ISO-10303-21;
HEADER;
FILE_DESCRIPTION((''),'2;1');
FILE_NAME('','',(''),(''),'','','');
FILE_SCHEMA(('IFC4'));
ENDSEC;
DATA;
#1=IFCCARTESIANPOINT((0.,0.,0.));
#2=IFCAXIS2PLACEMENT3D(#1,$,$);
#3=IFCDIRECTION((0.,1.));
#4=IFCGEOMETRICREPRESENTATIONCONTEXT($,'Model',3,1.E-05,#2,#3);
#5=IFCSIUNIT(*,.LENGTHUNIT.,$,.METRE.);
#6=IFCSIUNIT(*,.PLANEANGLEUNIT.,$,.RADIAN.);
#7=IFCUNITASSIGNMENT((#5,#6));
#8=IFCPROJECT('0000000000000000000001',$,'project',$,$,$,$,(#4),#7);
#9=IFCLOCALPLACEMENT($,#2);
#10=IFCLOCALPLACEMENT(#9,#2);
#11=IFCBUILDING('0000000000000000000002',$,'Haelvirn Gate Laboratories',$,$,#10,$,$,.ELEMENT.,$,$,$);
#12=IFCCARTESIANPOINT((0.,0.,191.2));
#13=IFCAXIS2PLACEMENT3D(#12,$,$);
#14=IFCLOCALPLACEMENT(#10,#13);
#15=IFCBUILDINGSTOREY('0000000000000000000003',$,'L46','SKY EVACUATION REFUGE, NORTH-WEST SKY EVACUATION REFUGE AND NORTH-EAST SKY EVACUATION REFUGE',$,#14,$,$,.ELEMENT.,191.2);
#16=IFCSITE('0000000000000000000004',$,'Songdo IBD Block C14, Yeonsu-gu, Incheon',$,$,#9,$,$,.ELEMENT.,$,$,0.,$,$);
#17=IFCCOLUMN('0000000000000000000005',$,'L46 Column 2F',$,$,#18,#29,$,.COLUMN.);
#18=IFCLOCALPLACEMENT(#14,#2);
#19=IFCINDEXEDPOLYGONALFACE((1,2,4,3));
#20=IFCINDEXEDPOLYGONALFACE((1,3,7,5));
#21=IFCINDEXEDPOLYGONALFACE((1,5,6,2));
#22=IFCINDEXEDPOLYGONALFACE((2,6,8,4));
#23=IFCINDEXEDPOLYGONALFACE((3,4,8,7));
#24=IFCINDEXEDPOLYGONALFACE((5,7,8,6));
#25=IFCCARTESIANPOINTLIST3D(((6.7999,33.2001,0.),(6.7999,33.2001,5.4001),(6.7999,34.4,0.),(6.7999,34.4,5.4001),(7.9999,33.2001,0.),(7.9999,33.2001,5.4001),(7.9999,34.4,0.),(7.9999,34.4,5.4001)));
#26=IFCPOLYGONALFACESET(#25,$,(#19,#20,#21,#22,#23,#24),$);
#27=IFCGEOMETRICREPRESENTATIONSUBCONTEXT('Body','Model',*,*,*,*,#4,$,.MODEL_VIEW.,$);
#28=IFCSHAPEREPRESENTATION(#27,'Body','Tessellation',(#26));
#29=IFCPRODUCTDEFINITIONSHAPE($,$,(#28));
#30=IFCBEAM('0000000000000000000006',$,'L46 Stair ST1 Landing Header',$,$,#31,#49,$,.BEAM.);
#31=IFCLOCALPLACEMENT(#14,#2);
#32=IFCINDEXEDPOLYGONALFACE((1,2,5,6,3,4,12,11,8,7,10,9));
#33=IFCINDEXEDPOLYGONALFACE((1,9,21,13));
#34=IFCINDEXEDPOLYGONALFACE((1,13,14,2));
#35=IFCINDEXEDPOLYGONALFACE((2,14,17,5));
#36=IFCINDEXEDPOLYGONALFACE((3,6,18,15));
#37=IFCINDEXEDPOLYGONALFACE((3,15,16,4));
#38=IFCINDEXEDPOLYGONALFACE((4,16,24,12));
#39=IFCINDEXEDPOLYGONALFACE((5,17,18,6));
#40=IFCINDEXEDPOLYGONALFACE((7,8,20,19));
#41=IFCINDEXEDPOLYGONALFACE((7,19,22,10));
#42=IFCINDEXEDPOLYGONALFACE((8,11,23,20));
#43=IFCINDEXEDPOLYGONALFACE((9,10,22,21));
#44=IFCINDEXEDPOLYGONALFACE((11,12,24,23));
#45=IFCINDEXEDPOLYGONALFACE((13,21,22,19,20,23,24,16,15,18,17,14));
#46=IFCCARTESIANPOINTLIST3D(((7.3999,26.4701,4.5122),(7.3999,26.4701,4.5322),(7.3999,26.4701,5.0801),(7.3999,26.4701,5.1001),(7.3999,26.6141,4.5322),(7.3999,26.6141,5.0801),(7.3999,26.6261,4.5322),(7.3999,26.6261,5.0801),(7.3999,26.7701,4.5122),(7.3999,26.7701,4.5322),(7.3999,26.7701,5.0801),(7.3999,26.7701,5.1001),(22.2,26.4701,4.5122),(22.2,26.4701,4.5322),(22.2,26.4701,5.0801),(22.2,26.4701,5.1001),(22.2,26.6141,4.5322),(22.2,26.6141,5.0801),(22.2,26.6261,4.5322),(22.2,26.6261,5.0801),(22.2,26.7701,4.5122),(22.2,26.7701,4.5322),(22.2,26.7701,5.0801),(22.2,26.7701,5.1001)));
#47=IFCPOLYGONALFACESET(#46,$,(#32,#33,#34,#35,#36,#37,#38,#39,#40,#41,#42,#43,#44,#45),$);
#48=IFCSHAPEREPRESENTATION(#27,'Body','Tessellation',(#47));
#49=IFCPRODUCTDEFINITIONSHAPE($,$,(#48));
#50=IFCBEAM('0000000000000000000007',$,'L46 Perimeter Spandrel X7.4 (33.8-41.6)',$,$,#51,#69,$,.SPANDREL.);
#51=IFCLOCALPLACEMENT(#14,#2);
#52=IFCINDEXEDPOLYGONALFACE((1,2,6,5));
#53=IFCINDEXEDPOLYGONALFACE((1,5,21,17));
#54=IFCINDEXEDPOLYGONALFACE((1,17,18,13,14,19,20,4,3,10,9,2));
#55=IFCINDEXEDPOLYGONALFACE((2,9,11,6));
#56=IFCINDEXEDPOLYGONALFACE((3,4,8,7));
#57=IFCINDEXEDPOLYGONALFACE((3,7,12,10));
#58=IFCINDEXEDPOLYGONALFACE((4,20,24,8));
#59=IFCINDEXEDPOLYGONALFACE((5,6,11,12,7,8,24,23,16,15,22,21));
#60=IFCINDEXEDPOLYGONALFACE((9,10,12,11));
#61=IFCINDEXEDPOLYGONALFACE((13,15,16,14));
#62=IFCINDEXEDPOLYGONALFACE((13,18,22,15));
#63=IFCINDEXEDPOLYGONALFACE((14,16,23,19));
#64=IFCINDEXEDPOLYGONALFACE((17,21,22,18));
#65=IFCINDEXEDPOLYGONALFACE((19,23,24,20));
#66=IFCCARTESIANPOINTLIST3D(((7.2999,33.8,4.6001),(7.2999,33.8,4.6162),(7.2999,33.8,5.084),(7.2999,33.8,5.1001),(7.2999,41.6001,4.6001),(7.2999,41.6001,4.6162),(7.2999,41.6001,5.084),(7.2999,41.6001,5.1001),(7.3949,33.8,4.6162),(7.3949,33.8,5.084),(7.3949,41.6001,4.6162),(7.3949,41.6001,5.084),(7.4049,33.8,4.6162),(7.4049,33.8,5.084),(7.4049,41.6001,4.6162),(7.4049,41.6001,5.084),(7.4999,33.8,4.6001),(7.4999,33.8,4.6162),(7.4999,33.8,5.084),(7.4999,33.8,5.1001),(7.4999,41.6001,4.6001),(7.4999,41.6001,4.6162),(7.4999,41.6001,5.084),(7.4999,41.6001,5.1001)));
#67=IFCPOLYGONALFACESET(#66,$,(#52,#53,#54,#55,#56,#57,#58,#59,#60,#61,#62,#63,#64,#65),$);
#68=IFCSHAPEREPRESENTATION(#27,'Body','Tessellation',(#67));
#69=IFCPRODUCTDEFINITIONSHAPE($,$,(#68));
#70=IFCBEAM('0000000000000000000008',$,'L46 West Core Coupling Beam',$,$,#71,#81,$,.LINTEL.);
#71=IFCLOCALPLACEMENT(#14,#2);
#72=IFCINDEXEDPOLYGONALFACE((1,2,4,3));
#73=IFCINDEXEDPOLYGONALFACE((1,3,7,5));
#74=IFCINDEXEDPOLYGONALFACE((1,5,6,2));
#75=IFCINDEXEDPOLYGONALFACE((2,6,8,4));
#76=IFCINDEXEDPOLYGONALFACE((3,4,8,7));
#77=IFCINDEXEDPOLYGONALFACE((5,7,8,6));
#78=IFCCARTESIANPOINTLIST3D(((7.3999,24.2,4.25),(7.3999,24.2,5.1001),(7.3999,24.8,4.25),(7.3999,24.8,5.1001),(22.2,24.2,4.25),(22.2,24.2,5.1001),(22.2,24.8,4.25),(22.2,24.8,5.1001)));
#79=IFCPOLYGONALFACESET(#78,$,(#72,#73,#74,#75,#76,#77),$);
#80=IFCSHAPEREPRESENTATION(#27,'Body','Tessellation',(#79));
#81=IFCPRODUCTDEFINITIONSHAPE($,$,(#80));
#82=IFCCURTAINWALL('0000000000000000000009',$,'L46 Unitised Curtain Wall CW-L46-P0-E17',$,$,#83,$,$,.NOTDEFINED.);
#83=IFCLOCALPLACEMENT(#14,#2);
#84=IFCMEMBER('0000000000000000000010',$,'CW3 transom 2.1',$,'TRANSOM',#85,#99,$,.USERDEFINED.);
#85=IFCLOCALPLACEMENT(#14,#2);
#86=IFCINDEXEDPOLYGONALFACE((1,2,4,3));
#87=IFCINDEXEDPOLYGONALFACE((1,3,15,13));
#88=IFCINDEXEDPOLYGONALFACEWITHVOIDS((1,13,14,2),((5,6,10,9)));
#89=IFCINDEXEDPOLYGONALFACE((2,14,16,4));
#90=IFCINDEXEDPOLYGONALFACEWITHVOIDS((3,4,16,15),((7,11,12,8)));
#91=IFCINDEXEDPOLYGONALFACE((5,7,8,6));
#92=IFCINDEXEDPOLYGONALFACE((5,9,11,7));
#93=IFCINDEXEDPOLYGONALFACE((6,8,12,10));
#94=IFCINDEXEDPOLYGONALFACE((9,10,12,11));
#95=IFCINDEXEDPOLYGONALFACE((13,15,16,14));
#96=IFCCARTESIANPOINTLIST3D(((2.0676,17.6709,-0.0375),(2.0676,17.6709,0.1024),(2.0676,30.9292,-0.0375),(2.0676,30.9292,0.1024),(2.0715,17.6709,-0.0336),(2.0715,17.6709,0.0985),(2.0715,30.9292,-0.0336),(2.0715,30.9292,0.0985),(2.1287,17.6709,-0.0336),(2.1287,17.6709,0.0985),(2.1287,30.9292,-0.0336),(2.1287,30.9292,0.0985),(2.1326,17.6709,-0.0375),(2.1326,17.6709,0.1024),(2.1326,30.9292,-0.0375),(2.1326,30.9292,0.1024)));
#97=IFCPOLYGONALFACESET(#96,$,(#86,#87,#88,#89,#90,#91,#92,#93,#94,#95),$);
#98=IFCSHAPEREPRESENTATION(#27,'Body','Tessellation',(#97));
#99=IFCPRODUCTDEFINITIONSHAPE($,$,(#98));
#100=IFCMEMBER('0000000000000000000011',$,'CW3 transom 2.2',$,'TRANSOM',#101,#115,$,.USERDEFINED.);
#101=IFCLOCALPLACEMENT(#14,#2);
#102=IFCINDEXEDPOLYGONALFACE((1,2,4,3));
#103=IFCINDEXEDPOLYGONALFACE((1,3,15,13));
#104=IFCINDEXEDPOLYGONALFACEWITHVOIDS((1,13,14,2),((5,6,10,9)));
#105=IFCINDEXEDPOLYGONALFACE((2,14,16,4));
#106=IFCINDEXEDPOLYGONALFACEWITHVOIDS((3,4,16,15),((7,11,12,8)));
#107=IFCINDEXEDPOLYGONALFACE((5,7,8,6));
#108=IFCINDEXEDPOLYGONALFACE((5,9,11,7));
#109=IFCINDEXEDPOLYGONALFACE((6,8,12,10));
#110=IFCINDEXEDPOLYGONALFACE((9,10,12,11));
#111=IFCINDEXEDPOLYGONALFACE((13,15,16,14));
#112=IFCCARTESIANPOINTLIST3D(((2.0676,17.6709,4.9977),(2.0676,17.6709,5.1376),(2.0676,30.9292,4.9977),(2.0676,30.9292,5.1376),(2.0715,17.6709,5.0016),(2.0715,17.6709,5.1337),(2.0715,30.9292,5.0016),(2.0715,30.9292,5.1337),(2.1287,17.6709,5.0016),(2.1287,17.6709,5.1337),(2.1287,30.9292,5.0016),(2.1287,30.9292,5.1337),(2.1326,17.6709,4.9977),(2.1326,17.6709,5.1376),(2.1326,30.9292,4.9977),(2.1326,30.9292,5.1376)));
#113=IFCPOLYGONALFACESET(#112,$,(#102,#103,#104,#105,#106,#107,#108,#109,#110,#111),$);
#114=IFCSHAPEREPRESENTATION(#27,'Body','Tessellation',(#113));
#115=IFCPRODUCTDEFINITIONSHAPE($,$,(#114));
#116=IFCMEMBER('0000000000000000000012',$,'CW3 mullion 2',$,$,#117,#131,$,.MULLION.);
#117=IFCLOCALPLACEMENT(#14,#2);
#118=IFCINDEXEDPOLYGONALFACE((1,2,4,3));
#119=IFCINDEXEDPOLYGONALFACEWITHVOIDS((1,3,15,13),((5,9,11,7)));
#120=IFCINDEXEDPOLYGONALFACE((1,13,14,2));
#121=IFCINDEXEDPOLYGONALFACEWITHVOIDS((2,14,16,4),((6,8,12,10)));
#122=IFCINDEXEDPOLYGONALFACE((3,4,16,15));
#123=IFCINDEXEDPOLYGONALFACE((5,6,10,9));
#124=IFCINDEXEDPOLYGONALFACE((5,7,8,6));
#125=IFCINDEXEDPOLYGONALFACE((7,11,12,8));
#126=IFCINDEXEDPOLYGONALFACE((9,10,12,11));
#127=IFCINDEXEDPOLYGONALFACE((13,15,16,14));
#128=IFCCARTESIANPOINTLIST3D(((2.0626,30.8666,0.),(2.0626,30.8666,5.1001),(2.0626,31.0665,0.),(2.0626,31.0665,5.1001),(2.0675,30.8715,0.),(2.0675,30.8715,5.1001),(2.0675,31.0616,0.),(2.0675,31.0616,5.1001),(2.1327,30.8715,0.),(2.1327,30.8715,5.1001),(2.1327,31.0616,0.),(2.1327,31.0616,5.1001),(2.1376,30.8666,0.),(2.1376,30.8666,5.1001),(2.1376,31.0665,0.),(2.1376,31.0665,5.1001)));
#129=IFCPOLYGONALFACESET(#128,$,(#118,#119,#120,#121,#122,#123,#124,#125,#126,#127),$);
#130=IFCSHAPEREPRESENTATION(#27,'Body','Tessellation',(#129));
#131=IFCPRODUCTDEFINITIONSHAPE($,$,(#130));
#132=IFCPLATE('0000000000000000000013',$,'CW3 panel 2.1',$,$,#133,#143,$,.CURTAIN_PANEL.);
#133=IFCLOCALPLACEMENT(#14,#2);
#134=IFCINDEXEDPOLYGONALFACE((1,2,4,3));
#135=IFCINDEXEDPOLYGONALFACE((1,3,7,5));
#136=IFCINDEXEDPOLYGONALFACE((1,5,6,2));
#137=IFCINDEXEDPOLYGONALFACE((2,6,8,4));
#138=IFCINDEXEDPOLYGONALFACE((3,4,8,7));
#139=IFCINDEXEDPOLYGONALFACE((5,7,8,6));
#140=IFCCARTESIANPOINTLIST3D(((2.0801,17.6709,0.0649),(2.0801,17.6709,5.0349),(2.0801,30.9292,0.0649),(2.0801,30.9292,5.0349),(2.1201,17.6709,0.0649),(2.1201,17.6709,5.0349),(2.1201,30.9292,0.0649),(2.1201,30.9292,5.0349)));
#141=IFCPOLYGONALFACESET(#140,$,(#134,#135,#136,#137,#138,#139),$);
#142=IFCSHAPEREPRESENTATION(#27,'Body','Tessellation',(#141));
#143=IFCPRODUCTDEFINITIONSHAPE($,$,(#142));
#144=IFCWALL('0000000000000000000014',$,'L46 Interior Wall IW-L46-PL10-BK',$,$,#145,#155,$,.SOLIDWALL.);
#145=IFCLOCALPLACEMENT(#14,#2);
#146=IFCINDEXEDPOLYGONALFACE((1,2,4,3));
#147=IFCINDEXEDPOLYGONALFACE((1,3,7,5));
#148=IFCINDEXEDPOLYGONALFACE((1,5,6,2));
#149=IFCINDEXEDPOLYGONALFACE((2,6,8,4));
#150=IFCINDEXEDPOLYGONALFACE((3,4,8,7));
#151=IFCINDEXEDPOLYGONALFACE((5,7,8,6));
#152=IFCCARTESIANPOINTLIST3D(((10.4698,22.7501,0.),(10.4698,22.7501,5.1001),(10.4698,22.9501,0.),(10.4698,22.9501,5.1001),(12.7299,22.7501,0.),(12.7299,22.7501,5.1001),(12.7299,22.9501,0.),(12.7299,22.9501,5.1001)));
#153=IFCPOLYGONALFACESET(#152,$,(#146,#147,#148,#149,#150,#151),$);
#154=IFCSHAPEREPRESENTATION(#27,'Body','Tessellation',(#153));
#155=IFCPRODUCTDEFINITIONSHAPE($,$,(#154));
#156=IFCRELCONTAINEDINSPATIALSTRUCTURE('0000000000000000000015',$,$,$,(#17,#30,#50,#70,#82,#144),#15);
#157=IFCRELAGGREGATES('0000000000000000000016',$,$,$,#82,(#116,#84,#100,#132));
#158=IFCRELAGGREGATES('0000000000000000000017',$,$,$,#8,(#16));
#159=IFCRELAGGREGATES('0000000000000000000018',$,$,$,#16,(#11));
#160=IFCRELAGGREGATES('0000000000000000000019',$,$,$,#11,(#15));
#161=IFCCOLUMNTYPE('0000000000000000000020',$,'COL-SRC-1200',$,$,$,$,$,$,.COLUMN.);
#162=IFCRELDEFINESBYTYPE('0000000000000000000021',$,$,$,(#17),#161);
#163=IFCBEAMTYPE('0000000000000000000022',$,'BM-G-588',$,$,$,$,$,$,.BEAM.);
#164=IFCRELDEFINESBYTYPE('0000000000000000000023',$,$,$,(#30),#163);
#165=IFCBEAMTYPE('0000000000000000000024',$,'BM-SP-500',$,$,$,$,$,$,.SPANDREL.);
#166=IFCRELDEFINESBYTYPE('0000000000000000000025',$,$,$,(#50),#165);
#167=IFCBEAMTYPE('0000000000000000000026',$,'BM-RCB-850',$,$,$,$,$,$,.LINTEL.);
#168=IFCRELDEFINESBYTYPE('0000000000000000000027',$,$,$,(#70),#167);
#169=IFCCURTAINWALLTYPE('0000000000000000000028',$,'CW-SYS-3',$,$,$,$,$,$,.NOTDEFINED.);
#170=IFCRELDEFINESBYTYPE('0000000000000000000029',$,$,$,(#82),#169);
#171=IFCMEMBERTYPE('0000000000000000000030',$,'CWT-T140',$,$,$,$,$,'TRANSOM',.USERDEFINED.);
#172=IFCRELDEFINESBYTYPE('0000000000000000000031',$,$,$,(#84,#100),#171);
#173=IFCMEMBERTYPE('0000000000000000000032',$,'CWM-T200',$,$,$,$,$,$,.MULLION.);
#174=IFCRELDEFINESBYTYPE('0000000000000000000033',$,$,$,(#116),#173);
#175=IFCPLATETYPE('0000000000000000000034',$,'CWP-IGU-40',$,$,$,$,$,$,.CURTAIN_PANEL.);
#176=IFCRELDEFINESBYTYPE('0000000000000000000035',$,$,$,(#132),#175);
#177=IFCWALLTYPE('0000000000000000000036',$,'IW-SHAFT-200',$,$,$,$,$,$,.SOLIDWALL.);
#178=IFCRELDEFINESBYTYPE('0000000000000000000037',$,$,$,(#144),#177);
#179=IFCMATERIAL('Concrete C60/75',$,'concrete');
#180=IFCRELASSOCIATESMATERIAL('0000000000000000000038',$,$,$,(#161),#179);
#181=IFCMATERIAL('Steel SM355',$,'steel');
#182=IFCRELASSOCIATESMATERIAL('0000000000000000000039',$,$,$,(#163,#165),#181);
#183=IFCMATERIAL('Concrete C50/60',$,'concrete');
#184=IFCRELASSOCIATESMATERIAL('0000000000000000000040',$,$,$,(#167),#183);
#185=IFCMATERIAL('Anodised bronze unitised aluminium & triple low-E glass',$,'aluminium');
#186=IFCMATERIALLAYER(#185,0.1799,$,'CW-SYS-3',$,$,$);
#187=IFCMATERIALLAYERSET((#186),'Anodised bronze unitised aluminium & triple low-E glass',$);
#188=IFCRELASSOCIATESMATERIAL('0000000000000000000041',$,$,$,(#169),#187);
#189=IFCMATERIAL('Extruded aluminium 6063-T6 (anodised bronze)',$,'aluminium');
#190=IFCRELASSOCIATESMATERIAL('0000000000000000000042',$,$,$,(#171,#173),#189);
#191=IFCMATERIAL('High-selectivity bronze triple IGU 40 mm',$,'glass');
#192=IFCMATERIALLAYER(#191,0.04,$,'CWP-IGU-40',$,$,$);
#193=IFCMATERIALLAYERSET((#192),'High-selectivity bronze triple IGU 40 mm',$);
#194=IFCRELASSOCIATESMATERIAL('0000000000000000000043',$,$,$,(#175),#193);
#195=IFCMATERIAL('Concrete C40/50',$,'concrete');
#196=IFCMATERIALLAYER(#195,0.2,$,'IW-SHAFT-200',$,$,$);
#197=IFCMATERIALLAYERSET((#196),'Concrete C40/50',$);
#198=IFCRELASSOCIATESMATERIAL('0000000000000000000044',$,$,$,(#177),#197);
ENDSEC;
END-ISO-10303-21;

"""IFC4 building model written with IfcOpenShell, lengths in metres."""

from ifc_helpers import new_model, si_unit, direction, frame, frame_2d, origin, origin_2d, place, context, subcontext, project, spatial, rectangle, hollow_rectangle, i_section, extrude, source, transform, mapped, material, layer, layer_set, material_profile, profile_set, type_object, type_shapes, element, aggregate, save


model = new_model("IFC4")

# Units and contexts
model_context = context("Model", 3, precision=1e-05, world=origin(), true_north=direction((0.0, 1.0)))
body_context = subcontext(model_context, "Body", "Model", "MODEL_VIEW")
ifc_project = project(units=[si_unit("LENGTHUNIT", "METRE"), si_unit("PLANEANGLEUNIT", "RADIAN")], contexts=[model_context])

# Site, building, storey
site_placement = place(None, origin())
site = spatial("IfcSite", under=ifc_project, at=site_placement, Name="Songdo IBD Block C14, Yeonsu-gu, Incheon", CompositionType="ELEMENT", RefElevation=0.0)
building_placement = place(site_placement, origin())
building = spatial("IfcBuilding", under=site, at=building_placement, Name="Haelvirn Gate Laboratories", CompositionType="ELEMENT")
storey_placement = place(building_placement, frame((0.0, 0.0, 191.2)))
storey = spatial("IfcBuildingStorey", under=building, at=storey_placement, Name="L46", Description="SKY EVACUATION REFUGE, NORTH-WEST SKY EVACUATION REFUGE AND NORTH-EAST SKY EVACUATION REFUGE", CompositionType="ELEMENT", Elevation=191.2)

# Column
ifc_material_1 = material(Name="Concrete C60/75", Category="concrete")
ifc_material_profile_1 = material_profile(ifc_material_1, rectangle(XDim=1.2, YDim=1.2, at=origin_2d()), Name="SRC-1200x1200")
ifc_profile_set_1 = profile_set([ifc_material_profile_1], Name="Concrete C60/75")
column_type = type_object("IfcColumnType", Name="COL-SRC-1200", PredefinedType="COLUMN", material=ifc_profile_set_1)
shared_shape_1 = source(origin(), body_context, "Body", "SweptSolid", [
    extrude(rectangle(XDim=1.2, YDim=1.2, at=origin_2d()), origin(), (0.0, 0.0, 1.0), 5.4001),
])
type_shapes(column_type, [shared_shape_1])
column_placement = place(storey_placement, frame((7.3999, 33.8, 0.0), z_axis=(0.0, 0.0, 1.0), x_axis=(1.0, 0.0, 0.0)))
element("IfcColumn", 1, at=column_placement, inside=storey, type_object=column_type, Name="L46 Column 2F", PredefinedType="COLUMN", context=body_context, shape_type="MappedRepresentation", body=[
    mapped(shared_shape_1, transform((0.0, 0.0, 0.0), scale=1.0)),
])

# Beams
ifc_material_2 = material(Name="Steel SM355", Category="steel")
ifc_material_profile_2 = material_profile(ifc_material_2, i_section(OverallWidth=0.3, OverallDepth=0.5879, WebThickness=0.012, FlangeThickness=0.02, at=origin_2d()), Name="H-588x300x12x20")
ifc_profile_set_2 = profile_set([ifc_material_profile_2], Name="Steel SM355")
beam_type_1 = type_object("IfcBeamType", Name="BM-G-588", PredefinedType="BEAM", material=ifc_profile_set_2)
shared_shape_2 = source(origin(), body_context, "Body", "SweptSolid", [
    extrude(i_section(OverallWidth=0.3, OverallDepth=0.5879, WebThickness=0.012, FlangeThickness=0.02, at=origin_2d()), origin(), (0.0, 0.0, 1.0), 14.8),
])
type_shapes(beam_type_1, [shared_shape_2])
beam_1_placement = place(storey_placement, frame((7.3999, 26.6201, 4.8062), z_axis=(1.0, 0.0, 0.0), x_axis=(0.0, 1.0, 0.0)))
element("IfcBeam", 2, at=beam_1_placement, inside=storey, type_object=beam_type_1, Name="L46 Stair ST1 Landing Header", PredefinedType="BEAM", context=body_context, shape_type="MappedRepresentation", body=[
    mapped(shared_shape_2, transform((0.0, 0.0, 0.0), scale=1.0)),
])
ifc_material_profile_3 = material_profile(ifc_material_2, i_section(OverallWidth=0.2, OverallDepth=0.5, WebThickness=0.01, FlangeThickness=0.0161, at=origin_2d()), Name="H-500x200x10x16")
ifc_profile_set_3 = profile_set([ifc_material_profile_3], Name="Steel SM355")
beam_type_2 = type_object("IfcBeamType", Name="BM-SP-500", PredefinedType="SPANDREL", material=ifc_profile_set_3)
shared_shape_3 = source(origin(), body_context, "Body", "SweptSolid", [
    extrude(i_section(OverallWidth=0.2, OverallDepth=0.5, WebThickness=0.01, FlangeThickness=0.0161, at=origin_2d()), origin(), (0.0, 0.0, 1.0), 7.8),
])
type_shapes(beam_type_2, [shared_shape_3])
beam_2_placement = place(storey_placement, frame((7.3999, 33.8, 4.8501), z_axis=(0.0, 1.0, 0.0), x_axis=(-1.0, 0.0, 0.0)))
element("IfcBeam", 3, at=beam_2_placement, inside=storey, type_object=beam_type_2, Name="L46 Perimeter Spandrel X7.4 (33.8-41.6)", PredefinedType="SPANDREL", context=body_context, shape_type="MappedRepresentation", body=[
    mapped(shared_shape_3, transform((0.0, 0.0, 0.0), scale=1.0)),
])
ifc_material_3 = material(Name="Concrete C50/60", Category="concrete")
ifc_material_profile_4 = material_profile(ifc_material_3, rectangle(XDim=0.6001, YDim=0.8501, at=origin_2d()), Name="RCB-600x850")
ifc_profile_set_4 = profile_set([ifc_material_profile_4], Name="Concrete C50/60")
beam_type_3 = type_object("IfcBeamType", Name="BM-RCB-850", PredefinedType="LINTEL", material=ifc_profile_set_4)
shared_shape_4 = source(origin(), body_context, "Body", "SweptSolid", [
    extrude(rectangle(XDim=0.6001, YDim=0.8501, at=origin_2d()), origin(), (0.0, 0.0, 1.0), 14.8),
])
type_shapes(beam_type_3, [shared_shape_4])
beam_3_placement = place(storey_placement, frame((7.3999, 24.5, 4.675), z_axis=(1.0, 0.0, 0.0), x_axis=(0.0, 1.0, 0.0)))
element("IfcBeam", 4, at=beam_3_placement, inside=storey, type_object=beam_type_3, Name="L46 West Core Coupling Beam", PredefinedType="LINTEL", context=body_context, shape_type="MappedRepresentation", body=[
    mapped(shared_shape_4, transform((0.0, 0.0, 0.0), scale=1.0)),
])

# Curtain wall, members, plate
ifc_material_4 = material(Name="Anodised bronze unitised aluminium & triple low-E glass", Category="aluminium")
ifc_layer_1 = layer(ifc_material_4, 0.1799, Name="CW-SYS-3")
ifc_layer_set_1 = layer_set([ifc_layer_1], Name="Anodised bronze unitised aluminium & triple low-E glass")
curtain_wall_type = type_object("IfcCurtainWallType", Name="CW-SYS-3", PredefinedType="NOTDEFINED", material=ifc_layer_set_1)
curtain_wall_placement = place(storey_placement, origin())
curtain_wall = element("IfcCurtainWall", 5, at=curtain_wall_placement, inside=storey, type_object=curtain_wall_type, Name="L46 Unitised Curtain Wall CW-L46-P0-E17", PredefinedType="NOTDEFINED")
ifc_material_5 = material(Name="Extruded aluminium 6063-T6 (anodised bronze)", Category="aluminium")
ifc_material_profile_5 = material_profile(ifc_material_5, hollow_rectangle(XDim=0.0649, YDim=0.1399, WallThickness=0.0039, at=origin_2d()), Name="CWT-140x65x4")
ifc_profile_set_5 = profile_set([ifc_material_profile_5], Name="Extruded aluminium 6063-T6 (anodised bronze)")
member_type_1 = type_object("IfcMemberType", Name="CWT-T140", ElementType="TRANSOM", PredefinedType="USERDEFINED", material=ifc_profile_set_5)
shared_shape_5 = source(origin(), body_context, "Body", "SweptSolid", [
    extrude(hollow_rectangle(XDim=0.0649, YDim=0.1399, WallThickness=0.0039, at=origin_2d()), origin(), (0.0, 0.0, 1.0), 13.2583),
])
type_shapes(member_type_1, [shared_shape_5])
member_1_placement = place(storey_placement, frame((2.1001, 30.9292, 0.0325), z_axis=(0.0, -1.0, 0.0), x_axis=(1.0, 0.0, 0.0)))
member_1 = element("IfcMember", 6, at=member_1_placement, type_object=member_type_1, Name="CW3 transom 2.1", ObjectType="TRANSOM", PredefinedType="USERDEFINED", context=body_context, shape_type="MappedRepresentation", body=[
    mapped(shared_shape_5, transform((0.0, 0.0, 0.0), scale=1.0)),
])
member_2_placement = place(storey_placement, frame((2.1001, 30.9292, 5.0676), z_axis=(0.0, -1.0, 0.0), x_axis=(1.0, 0.0, 0.0)))
member_2 = element("IfcMember", 7, at=member_2_placement, type_object=member_type_1, Name="CW3 transom 2.2", ObjectType="TRANSOM", PredefinedType="USERDEFINED", context=body_context, shape_type="MappedRepresentation", body=[
    mapped(shared_shape_5, transform((0.0, 0.0, 0.0), scale=1.0)),
])
ifc_material_profile_6 = material_profile(ifc_material_5, hollow_rectangle(XDim=0.075, YDim=0.2, WallThickness=0.0049, at=origin_2d()), Name="CWM-200x75x5")
ifc_profile_set_6 = profile_set([ifc_material_profile_6], Name="Extruded aluminium 6063-T6 (anodised bronze)")
member_type_2 = type_object("IfcMemberType", Name="CWM-T200", PredefinedType="MULLION", material=ifc_profile_set_6)
shared_shape_6 = source(origin(), body_context, "Body", "SweptSolid", [
    extrude(hollow_rectangle(XDim=0.075, YDim=0.2, WallThickness=0.0049, at=origin_2d()), origin(), (0.0, 0.0, 1.0), 5.1001),
])
type_shapes(member_type_2, [shared_shape_6])
member_3_placement = place(storey_placement, frame((2.1001, 30.9666, 0.0), z_axis=(0.0, 0.0, 1.0), x_axis=(1.0, 0.0, 0.0)))
member_3 = element("IfcMember", 8, at=member_3_placement, type_object=member_type_2, Name="CW3 mullion 2", PredefinedType="MULLION", context=body_context, shape_type="MappedRepresentation", body=[
    mapped(shared_shape_6, transform((0.0, 0.0, 0.0), scale=1.0)),
])
ifc_material_6 = material(Name="High-selectivity bronze triple IGU 40 mm", Category="glass")
ifc_layer_2 = layer(ifc_material_6, 0.04, Name="CWP-IGU-40")
ifc_layer_set_2 = layer_set([ifc_layer_2], Name="High-selectivity bronze triple IGU 40 mm")
plate_type = type_object("IfcPlateType", Name="CWP-IGU-40", PredefinedType="CURTAIN_PANEL", material=ifc_layer_set_2)
shared_shape_7 = source(origin(), body_context, "Body", "SweptSolid", [
    extrude(rectangle(XDim=13.2583, YDim=0.04, at=origin_2d()), origin(), (0.0, 0.0, 1.0), 4.97),
])
type_shapes(plate_type, [shared_shape_7])
plate_placement = place(storey_placement, frame((2.1001, 24.3, 0.0649), z_axis=(0.0, 0.0, 1.0), x_axis=(0.0, -1.0, 0.0)))
plate = element("IfcPlate", 9, at=plate_placement, type_object=plate_type, Name="CW3 panel 2.1", PredefinedType="CURTAIN_PANEL", context=body_context, shape_type="MappedRepresentation", body=[
    mapped(shared_shape_7, transform((0.0, 0.0, 0.0), scale=1.0)),
])
aggregate(curtain_wall, [member_3, member_1, member_2, plate])

# Wall
ifc_material_7 = material(Name="Concrete C40/50", Category="concrete")
ifc_layer_3 = layer(ifc_material_7, 0.2, Name="IW-SHAFT-200")
ifc_layer_set_3 = layer_set([ifc_layer_3], Name="Concrete C40/50")
wall_type_1 = type_object("IfcWallType", Name="IW-SHAFT-200", PredefinedType="SOLIDWALL", material=ifc_layer_set_3)
wall_1_placement = place(storey_placement, frame((10.47, 22.8501, 0.0), z_axis=(0.0, 0.0, 1.0), x_axis=(1.0, 0.0, 0.0)))
element("IfcWall", 10, at=wall_1_placement, inside=storey, type_object=wall_type_1, Name="L46 Interior Wall IW-L46-PL10-BK", PredefinedType="SOLIDWALL", context=body_context, shape_type="SweptSolid", body=[
    extrude(rectangle(XDim=2.26, YDim=0.2, at=frame_2d((1.1299, 0.0))), origin(), (0.0, 0.0, 1.0), 5.1001),
])

save(model, "model.ifc")
